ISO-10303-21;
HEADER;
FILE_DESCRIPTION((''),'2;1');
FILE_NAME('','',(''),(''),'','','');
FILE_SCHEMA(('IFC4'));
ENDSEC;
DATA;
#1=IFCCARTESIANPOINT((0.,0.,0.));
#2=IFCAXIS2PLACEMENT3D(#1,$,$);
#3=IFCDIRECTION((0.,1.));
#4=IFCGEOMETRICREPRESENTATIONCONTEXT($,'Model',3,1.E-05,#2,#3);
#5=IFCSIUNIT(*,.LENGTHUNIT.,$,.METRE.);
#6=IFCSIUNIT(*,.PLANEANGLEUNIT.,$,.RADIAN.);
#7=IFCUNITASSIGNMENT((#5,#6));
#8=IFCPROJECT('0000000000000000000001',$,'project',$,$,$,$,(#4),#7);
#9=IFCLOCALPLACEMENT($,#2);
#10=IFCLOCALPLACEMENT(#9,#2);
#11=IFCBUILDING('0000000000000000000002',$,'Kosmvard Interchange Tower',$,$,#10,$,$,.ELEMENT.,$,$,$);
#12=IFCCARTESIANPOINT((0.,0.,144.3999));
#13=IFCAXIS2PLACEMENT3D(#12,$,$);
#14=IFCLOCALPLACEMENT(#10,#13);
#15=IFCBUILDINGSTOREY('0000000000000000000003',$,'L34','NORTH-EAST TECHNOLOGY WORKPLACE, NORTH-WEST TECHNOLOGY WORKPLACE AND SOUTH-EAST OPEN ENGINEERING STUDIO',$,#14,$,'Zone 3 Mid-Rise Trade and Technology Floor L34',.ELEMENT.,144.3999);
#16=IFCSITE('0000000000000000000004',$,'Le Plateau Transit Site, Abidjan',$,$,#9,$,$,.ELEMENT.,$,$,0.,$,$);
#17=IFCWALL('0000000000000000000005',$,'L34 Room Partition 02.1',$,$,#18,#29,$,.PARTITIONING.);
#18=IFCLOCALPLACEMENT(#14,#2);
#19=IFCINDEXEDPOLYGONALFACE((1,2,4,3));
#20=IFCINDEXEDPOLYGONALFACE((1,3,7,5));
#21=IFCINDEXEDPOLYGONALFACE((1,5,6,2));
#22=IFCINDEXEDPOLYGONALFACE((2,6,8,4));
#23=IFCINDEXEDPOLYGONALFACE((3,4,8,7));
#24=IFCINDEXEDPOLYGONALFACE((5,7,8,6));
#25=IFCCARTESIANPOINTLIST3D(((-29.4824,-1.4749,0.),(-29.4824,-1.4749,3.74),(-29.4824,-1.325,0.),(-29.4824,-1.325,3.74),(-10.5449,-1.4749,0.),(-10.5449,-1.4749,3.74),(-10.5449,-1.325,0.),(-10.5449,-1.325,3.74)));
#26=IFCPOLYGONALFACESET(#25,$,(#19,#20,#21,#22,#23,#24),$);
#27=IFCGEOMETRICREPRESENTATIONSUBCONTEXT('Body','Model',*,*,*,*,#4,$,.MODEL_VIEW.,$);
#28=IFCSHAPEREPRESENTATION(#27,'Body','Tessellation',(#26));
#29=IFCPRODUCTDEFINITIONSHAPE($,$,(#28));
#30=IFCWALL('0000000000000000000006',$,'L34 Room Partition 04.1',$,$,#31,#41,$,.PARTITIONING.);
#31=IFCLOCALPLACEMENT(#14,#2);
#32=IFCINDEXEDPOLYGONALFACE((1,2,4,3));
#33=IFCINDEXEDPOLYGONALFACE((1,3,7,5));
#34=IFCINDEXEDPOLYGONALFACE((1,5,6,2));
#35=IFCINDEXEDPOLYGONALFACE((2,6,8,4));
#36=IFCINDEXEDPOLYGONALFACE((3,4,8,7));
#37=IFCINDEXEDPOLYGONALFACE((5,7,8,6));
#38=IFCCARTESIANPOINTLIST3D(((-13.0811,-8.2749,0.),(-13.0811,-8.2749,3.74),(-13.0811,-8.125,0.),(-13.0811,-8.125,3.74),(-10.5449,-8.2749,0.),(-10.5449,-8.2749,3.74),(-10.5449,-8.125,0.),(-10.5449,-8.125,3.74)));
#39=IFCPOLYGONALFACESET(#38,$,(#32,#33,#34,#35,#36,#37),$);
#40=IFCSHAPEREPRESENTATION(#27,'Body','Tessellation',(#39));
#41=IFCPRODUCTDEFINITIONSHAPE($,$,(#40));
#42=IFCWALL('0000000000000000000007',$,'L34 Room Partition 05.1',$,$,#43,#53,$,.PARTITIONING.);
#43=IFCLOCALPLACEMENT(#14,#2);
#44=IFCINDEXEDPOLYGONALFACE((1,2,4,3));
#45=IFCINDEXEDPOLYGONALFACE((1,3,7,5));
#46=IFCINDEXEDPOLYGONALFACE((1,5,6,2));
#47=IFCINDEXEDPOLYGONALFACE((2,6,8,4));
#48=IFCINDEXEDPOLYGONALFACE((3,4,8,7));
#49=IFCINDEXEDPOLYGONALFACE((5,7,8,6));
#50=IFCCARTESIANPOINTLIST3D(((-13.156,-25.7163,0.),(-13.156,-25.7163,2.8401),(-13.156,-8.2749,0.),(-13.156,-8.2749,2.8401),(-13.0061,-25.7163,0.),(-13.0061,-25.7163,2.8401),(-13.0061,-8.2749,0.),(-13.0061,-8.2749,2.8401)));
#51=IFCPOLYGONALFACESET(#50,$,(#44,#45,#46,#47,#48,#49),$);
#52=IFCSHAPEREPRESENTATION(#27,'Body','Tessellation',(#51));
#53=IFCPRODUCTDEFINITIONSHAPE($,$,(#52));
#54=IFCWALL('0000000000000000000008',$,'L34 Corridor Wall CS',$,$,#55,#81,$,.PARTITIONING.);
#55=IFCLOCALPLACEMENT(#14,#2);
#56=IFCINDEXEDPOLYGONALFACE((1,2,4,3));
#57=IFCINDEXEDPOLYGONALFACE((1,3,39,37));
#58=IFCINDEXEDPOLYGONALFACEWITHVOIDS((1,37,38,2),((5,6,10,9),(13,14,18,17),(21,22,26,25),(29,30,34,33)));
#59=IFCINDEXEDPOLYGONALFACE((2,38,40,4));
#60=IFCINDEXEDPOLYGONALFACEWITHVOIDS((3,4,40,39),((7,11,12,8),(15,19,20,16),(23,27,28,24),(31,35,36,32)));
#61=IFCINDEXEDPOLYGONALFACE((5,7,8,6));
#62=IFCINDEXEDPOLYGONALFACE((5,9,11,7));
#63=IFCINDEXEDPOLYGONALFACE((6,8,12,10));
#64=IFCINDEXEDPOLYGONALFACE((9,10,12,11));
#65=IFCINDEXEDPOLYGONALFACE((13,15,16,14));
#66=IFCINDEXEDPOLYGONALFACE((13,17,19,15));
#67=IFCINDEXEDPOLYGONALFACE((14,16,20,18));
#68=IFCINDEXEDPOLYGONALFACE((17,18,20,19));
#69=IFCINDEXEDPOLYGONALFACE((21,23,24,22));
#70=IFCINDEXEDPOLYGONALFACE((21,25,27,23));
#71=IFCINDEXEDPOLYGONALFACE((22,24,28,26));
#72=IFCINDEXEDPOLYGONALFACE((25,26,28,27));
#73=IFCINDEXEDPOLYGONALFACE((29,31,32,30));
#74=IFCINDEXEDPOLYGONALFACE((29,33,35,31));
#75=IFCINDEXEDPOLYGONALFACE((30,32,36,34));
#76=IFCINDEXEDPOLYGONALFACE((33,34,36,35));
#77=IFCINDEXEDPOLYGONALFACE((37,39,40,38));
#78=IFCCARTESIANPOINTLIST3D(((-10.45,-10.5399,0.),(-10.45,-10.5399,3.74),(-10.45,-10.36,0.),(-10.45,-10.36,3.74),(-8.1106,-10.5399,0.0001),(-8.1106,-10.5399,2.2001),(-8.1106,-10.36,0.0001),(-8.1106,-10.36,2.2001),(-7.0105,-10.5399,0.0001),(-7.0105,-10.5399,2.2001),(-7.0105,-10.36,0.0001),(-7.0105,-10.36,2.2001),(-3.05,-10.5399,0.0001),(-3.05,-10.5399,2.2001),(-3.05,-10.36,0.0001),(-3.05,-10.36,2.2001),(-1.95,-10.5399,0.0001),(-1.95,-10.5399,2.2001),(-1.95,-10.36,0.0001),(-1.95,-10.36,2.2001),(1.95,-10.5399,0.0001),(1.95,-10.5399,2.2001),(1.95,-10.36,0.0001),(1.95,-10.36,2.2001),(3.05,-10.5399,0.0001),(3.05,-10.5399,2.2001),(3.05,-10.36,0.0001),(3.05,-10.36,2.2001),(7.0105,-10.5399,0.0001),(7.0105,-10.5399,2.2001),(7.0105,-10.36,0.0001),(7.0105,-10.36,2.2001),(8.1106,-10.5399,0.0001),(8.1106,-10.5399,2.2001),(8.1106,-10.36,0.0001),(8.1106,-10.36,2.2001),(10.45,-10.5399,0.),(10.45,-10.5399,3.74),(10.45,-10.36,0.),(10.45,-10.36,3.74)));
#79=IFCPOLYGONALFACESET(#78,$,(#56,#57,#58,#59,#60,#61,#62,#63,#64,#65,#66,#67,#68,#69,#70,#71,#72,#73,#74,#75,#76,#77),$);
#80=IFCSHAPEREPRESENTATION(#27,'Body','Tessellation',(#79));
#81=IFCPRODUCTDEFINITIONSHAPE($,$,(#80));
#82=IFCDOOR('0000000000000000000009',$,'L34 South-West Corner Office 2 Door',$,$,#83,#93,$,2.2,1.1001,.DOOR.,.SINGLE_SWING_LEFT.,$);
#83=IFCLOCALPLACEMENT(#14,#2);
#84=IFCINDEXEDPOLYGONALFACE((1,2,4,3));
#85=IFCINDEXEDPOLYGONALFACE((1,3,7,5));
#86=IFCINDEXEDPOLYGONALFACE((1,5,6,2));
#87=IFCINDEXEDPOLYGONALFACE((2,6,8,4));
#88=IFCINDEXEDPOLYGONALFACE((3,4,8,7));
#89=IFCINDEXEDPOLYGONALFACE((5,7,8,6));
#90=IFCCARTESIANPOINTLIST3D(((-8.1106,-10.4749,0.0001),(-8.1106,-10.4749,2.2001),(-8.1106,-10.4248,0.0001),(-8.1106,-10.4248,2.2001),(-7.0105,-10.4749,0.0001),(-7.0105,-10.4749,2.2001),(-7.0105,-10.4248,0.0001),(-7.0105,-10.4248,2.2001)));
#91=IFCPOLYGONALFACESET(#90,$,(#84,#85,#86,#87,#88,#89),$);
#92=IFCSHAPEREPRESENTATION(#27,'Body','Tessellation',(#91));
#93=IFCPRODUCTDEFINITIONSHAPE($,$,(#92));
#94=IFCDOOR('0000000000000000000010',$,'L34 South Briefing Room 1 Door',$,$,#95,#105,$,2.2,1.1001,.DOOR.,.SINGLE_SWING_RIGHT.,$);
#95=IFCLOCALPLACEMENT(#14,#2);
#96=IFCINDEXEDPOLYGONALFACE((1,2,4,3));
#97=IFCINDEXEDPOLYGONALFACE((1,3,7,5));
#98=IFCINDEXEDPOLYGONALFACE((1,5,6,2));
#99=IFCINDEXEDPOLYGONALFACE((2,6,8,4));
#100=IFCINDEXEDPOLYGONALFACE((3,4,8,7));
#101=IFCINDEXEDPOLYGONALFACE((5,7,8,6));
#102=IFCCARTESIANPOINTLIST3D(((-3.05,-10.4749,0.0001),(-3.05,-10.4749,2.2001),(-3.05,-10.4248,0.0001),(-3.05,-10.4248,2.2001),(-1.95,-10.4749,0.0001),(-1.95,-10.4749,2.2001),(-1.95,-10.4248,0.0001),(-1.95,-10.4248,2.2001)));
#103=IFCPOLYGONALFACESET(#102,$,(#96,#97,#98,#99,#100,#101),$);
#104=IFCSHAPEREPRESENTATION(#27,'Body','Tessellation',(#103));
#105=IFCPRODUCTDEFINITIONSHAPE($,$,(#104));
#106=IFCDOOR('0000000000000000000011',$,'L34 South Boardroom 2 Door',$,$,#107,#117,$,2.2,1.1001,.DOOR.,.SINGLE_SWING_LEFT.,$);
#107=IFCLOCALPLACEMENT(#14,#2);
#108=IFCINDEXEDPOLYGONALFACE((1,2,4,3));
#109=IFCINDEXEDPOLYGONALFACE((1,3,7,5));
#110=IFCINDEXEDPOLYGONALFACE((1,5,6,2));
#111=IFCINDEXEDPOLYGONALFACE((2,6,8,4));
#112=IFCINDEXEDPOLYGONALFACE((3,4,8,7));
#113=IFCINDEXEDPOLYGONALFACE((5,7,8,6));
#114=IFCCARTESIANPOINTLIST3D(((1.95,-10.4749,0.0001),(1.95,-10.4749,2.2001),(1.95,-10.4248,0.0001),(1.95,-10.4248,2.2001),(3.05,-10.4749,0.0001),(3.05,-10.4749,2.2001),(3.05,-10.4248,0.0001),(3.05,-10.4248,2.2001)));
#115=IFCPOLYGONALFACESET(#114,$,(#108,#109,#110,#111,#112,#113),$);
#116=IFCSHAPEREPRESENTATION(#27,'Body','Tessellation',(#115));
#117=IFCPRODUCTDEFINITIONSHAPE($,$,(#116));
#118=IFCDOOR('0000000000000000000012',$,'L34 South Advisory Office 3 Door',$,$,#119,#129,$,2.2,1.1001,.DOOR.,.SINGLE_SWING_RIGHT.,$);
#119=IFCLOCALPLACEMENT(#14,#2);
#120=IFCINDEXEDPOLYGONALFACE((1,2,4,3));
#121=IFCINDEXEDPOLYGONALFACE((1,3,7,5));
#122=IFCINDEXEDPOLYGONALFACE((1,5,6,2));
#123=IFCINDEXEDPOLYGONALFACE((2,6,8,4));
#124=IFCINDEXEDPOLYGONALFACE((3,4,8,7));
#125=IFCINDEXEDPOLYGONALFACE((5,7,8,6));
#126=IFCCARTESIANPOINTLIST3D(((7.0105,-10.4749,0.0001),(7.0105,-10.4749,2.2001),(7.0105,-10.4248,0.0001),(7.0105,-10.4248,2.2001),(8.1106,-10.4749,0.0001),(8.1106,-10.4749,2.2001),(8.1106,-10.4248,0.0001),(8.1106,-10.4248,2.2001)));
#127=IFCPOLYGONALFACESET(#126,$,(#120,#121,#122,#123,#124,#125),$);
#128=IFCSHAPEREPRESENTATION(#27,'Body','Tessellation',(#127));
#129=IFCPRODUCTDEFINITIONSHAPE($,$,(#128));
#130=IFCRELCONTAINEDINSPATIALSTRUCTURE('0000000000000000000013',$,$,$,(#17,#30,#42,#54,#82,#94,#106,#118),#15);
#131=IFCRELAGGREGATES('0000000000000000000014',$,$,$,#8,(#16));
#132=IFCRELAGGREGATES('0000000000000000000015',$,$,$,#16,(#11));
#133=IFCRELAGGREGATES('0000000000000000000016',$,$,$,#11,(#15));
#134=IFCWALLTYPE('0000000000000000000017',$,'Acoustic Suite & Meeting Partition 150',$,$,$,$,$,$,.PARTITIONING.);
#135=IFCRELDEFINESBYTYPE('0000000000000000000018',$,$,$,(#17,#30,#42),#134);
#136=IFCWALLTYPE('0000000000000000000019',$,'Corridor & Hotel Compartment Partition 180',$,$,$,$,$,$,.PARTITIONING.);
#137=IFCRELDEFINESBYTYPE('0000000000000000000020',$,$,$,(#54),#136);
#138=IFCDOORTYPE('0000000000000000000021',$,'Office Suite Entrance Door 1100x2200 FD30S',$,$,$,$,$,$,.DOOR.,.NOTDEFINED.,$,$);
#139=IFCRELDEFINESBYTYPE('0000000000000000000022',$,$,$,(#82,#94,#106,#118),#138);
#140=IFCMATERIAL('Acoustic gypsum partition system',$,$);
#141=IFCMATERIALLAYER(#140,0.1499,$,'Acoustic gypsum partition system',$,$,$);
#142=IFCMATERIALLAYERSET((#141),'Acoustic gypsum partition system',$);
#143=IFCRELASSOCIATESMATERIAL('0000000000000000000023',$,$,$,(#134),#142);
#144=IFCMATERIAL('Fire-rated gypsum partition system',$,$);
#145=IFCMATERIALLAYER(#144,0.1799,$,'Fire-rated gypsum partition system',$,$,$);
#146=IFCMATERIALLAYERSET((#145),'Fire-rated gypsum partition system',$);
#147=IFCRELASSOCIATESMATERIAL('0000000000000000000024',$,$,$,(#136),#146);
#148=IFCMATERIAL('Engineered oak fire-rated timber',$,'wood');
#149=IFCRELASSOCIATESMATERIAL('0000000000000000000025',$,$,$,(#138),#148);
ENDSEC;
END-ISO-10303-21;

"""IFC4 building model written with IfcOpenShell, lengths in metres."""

from ifc_helpers import new_model, si_unit, direction, frame, frame_2d, origin, place, context, subcontext, project, spatial, rectangle, extrude, source, transform, mapped, material, layer, layer_set, type_object, element, fill, save


model = new_model("IFC4")

# Units and contexts
model_context = context("Model", 3, precision=1e-05, world=origin(), true_north=direction((0.0, 1.0)))
body_context = subcontext(model_context, "Body", "Model", "MODEL_VIEW")
ifc_project = project(units=[si_unit("LENGTHUNIT", "METRE"), si_unit("PLANEANGLEUNIT", "RADIAN")], contexts=[model_context])

# Site, building, storey
site_placement = place(None, origin())
site = spatial("IfcSite", under=ifc_project, at=site_placement, Name="Le Plateau Transit Site, Abidjan", CompositionType="ELEMENT", RefElevation=0.0)
building_placement = place(site_placement, origin())
building = spatial("IfcBuilding", under=site, at=building_placement, Name="Kosmvard Interchange Tower", CompositionType="ELEMENT")
storey_placement = place(building_placement, frame((0.0, 0.0, 144.3999)))
storey = spatial("IfcBuildingStorey", under=building, at=storey_placement, Name="L34", Description="NORTH-EAST TECHNOLOGY WORKPLACE, NORTH-WEST TECHNOLOGY WORKPLACE AND SOUTH-EAST OPEN ENGINEERING STUDIO", LongName="Zone 3 Mid-Rise Trade and Technology Floor L34", CompositionType="ELEMENT", Elevation=144.3999)

# Walls
ifc_material_1 = material(Name="Acoustic gypsum partition system")
ifc_layer_1 = layer(ifc_material_1, 0.1499, Name="Acoustic gypsum partition system")
ifc_layer_set_1 = layer_set([ifc_layer_1], Name="Acoustic gypsum partition system")
wall_type_1 = type_object("IfcWallType", Name="Acoustic Suite & Meeting Partition 150", PredefinedType="PARTITIONING", material=ifc_layer_set_1)
wall_1_placement = place(storey_placement, frame((-29.4824, -1.3999, 0.0), z_axis=(0.0, 0.0, 1.0), x_axis=(1.0, 0.0, 0.0)))
element("IfcWall", 1, at=wall_1_placement, inside=storey, type_object=wall_type_1, Name="L34 Room Partition 02.1", PredefinedType="PARTITIONING", context=body_context, shape_type="SweptSolid", body=[
    extrude(rectangle(XDim=18.9375, YDim=0.1499, at=frame_2d((9.4688, 0.0))), origin(), (0.0, 0.0, 1.0), 3.74),
])
wall_2_placement = place(storey_placement, frame((-10.5449, -8.2, 0.0), z_axis=(0.0, 0.0, 1.0), x_axis=(-1.0, 0.0, 0.0)))
element("IfcWall", 2, at=wall_2_placement, inside=storey, type_object=wall_type_1, Name="L34 Room Partition 04.1", PredefinedType="PARTITIONING", context=body_context, shape_type="SweptSolid", body=[
    extrude(rectangle(XDim=2.5361, YDim=0.1499, at=frame_2d((1.2681, 0.0))), origin(), (0.0, 0.0, 1.0), 3.74),
])
wall_3_placement = place(storey_placement, frame((-13.0811, -8.2749, 0.0), z_axis=(0.0, 0.0, 1.0), x_axis=(0.0, -1.0, 0.0)))
element("IfcWall", 3, at=wall_3_placement, inside=storey, type_object=wall_type_1, Name="L34 Room Partition 05.1", PredefinedType="PARTITIONING", context=body_context, shape_type="SweptSolid", body=[
    extrude(rectangle(XDim=17.4414, YDim=0.1499, at=frame_2d((8.7207, 0.0))), origin(), (0.0, 0.0, 1.0), 2.8401),
])

# Wall, openings, doors
ifc_material_2 = material(Name="Fire-rated gypsum partition system")
ifc_layer_2 = layer(ifc_material_2, 0.1799, Name="Fire-rated gypsum partition system")
ifc_layer_set_2 = layer_set([ifc_layer_2], Name="Fire-rated gypsum partition system")
wall_type_2 = type_object("IfcWallType", Name="Corridor & Hotel Compartment Partition 180", PredefinedType="PARTITIONING", material=ifc_layer_set_2)
wall_4_placement = place(storey_placement, frame((-10.45, -10.45, 0.0), z_axis=(0.0, 0.0, 1.0), x_axis=(1.0, 0.0, 0.0)))
wall_4 = element("IfcWall", 4, at=wall_4_placement, inside=storey, type_object=wall_type_2, Name="L34 Corridor Wall CS", PredefinedType="PARTITIONING", context=body_context, shape_type="SweptSolid", body=[
    extrude(rectangle(XDim=20.8999, YDim=0.1799, at=frame_2d((10.45, 0.0))), origin(), (0.0, 0.0, 1.0), 3.74),
])
opening_1_placement = place(wall_4_placement, frame((2.3394, 0.0, 0.0)))
opening_1 = element("IfcOpeningElement", 5, at=opening_1_placement, cuts=wall_4, PredefinedType="OPENING", context=body_context, shape_type="SweptSolid", body=[
    extrude(rectangle(XDim=1.1001, YDim=2.2, at=frame_2d((0.55, 1.1001))), frame((0.0, 0.1001, 0.0), z_axis=(0.0, -1.0, 0.0), x_axis=(1.0, 0.0, 0.0)), (0.0, 0.0, 1.0), 0.2),
])
opening_2_placement = place(wall_4_placement, frame((7.3999, 0.0, 0.0)))
opening_2 = element("IfcOpeningElement", 6, at=opening_2_placement, cuts=wall_4, PredefinedType="OPENING", context=body_context, shape_type="SweptSolid", body=[
    extrude(rectangle(XDim=1.1001, YDim=2.2, at=frame_2d((0.55, 1.1001))), frame((0.0, 0.1001, 0.0), z_axis=(0.0, -1.0, 0.0), x_axis=(1.0, 0.0, 0.0)), (0.0, 0.0, 1.0), 0.2),
])
opening_3_placement = place(wall_4_placement, frame((12.3999, 0.0, 0.0)))
opening_3 = element("IfcOpeningElement", 7, at=opening_3_placement, cuts=wall_4, PredefinedType="OPENING", context=body_context, shape_type="SweptSolid", body=[
    extrude(rectangle(XDim=1.1001, YDim=2.2, at=frame_2d((0.55, 1.1001))), frame((0.0, 0.1001, 0.0), z_axis=(0.0, -1.0, 0.0), x_axis=(1.0, 0.0, 0.0)), (0.0, 0.0, 1.0), 0.2),
])
opening_4_placement = place(wall_4_placement, frame((17.4604, 0.0, 0.0)))
opening_4 = element("IfcOpeningElement", 8, at=opening_4_placement, cuts=wall_4, PredefinedType="OPENING", context=body_context, shape_type="SweptSolid", body=[
    extrude(rectangle(XDim=1.1001, YDim=2.2, at=frame_2d((0.55, 1.1001))), frame((0.0, 0.1001, 0.0), z_axis=(0.0, -1.0, 0.0), x_axis=(1.0, 0.0, 0.0)), (0.0, 0.0, 1.0), 0.2),
])
ifc_material_3 = material(Name="Engineered oak fire-rated timber", Category="wood")
door_type_1 = type_object("IfcDoorType", Name="Office Suite Entrance Door 1100x2200 FD30S", OperationType="NOTDEFINED", PredefinedType="DOOR", material=ifc_material_3)
shared_shape_1 = source(origin(), body_context, "Body", "SweptSolid", [
    extrude(rectangle(XDim=1.1001, YDim=2.2, at=frame_2d((0.55, 1.1001))), frame((0.0, 0.0249, 0.0), z_axis=(0.0, -1.0, 0.0), x_axis=(1.0, 0.0, 0.0)), (0.0, 0.0, 1.0), 0.05),
])
door_1_placement = place(opening_1_placement, frame((1.1001, 0.0, 0.0), z_axis=(0.0, 0.0, 1.0), x_axis=(-1.0, 0.0, 0.0)))
door_1 = element("IfcDoor", 9, at=door_1_placement, inside=storey, type_object=door_type_1, Name="L34 South-West Corner Office 2 Door", OperationType="SINGLE_SWING_LEFT", OverallHeight=2.2, OverallWidth=1.1001, PredefinedType="DOOR", context=body_context, shape_type="MappedRepresentation", body=[
    mapped(shared_shape_1, transform((0.0, 0.0, 0.0), scale=1.0)),
])
fill(opening_1, door_1)
door_2_placement = place(opening_2_placement, frame((1.1001, 0.0, 0.0), z_axis=(0.0, 0.0, 1.0), x_axis=(-1.0, 0.0, 0.0)))
door_2 = element("IfcDoor", 10, at=door_2_placement, inside=storey, type_object=door_type_1, Name="L34 South Briefing Room 1 Door", OperationType="SINGLE_SWING_RIGHT", OverallHeight=2.2, OverallWidth=1.1001, PredefinedType="DOOR", context=body_context, shape_type="MappedRepresentation", body=[
    mapped(shared_shape_1, transform((0.0, 0.0, 0.0), scale=1.0)),
])
fill(opening_2, door_2)
door_3_placement = place(opening_3_placement, frame((1.1001, 0.0, 0.0), z_axis=(0.0, 0.0, 1.0), x_axis=(-1.0, 0.0, 0.0)))
door_3 = element("IfcDoor", 11, at=door_3_placement, inside=storey, type_object=door_type_1, Name="L34 South Boardroom 2 Door", OperationType="SINGLE_SWING_LEFT", OverallHeight=2.2, OverallWidth=1.1001, PredefinedType="DOOR", context=body_context, shape_type="MappedRepresentation", body=[
    mapped(shared_shape_1, transform((0.0, 0.0, 0.0), scale=1.0)),
])
fill(opening_3, door_3)
door_4_placement = place(opening_4_placement, frame((1.1001, 0.0, 0.0), z_axis=(0.0, 0.0, 1.0), x_axis=(-1.0, 0.0, 0.0)))
door_4 = element("IfcDoor", 12, at=door_4_placement, inside=storey, type_object=door_type_1, Name="L34 South Advisory Office 3 Door", OperationType="SINGLE_SWING_RIGHT", OverallHeight=2.2, OverallWidth=1.1001, PredefinedType="DOOR", context=body_context, shape_type="MappedRepresentation", body=[
    mapped(shared_shape_1, transform((0.0, 0.0, 0.0), scale=1.0)),
])
fill(opening_4, door_4)

save(model, "model.ifc")
